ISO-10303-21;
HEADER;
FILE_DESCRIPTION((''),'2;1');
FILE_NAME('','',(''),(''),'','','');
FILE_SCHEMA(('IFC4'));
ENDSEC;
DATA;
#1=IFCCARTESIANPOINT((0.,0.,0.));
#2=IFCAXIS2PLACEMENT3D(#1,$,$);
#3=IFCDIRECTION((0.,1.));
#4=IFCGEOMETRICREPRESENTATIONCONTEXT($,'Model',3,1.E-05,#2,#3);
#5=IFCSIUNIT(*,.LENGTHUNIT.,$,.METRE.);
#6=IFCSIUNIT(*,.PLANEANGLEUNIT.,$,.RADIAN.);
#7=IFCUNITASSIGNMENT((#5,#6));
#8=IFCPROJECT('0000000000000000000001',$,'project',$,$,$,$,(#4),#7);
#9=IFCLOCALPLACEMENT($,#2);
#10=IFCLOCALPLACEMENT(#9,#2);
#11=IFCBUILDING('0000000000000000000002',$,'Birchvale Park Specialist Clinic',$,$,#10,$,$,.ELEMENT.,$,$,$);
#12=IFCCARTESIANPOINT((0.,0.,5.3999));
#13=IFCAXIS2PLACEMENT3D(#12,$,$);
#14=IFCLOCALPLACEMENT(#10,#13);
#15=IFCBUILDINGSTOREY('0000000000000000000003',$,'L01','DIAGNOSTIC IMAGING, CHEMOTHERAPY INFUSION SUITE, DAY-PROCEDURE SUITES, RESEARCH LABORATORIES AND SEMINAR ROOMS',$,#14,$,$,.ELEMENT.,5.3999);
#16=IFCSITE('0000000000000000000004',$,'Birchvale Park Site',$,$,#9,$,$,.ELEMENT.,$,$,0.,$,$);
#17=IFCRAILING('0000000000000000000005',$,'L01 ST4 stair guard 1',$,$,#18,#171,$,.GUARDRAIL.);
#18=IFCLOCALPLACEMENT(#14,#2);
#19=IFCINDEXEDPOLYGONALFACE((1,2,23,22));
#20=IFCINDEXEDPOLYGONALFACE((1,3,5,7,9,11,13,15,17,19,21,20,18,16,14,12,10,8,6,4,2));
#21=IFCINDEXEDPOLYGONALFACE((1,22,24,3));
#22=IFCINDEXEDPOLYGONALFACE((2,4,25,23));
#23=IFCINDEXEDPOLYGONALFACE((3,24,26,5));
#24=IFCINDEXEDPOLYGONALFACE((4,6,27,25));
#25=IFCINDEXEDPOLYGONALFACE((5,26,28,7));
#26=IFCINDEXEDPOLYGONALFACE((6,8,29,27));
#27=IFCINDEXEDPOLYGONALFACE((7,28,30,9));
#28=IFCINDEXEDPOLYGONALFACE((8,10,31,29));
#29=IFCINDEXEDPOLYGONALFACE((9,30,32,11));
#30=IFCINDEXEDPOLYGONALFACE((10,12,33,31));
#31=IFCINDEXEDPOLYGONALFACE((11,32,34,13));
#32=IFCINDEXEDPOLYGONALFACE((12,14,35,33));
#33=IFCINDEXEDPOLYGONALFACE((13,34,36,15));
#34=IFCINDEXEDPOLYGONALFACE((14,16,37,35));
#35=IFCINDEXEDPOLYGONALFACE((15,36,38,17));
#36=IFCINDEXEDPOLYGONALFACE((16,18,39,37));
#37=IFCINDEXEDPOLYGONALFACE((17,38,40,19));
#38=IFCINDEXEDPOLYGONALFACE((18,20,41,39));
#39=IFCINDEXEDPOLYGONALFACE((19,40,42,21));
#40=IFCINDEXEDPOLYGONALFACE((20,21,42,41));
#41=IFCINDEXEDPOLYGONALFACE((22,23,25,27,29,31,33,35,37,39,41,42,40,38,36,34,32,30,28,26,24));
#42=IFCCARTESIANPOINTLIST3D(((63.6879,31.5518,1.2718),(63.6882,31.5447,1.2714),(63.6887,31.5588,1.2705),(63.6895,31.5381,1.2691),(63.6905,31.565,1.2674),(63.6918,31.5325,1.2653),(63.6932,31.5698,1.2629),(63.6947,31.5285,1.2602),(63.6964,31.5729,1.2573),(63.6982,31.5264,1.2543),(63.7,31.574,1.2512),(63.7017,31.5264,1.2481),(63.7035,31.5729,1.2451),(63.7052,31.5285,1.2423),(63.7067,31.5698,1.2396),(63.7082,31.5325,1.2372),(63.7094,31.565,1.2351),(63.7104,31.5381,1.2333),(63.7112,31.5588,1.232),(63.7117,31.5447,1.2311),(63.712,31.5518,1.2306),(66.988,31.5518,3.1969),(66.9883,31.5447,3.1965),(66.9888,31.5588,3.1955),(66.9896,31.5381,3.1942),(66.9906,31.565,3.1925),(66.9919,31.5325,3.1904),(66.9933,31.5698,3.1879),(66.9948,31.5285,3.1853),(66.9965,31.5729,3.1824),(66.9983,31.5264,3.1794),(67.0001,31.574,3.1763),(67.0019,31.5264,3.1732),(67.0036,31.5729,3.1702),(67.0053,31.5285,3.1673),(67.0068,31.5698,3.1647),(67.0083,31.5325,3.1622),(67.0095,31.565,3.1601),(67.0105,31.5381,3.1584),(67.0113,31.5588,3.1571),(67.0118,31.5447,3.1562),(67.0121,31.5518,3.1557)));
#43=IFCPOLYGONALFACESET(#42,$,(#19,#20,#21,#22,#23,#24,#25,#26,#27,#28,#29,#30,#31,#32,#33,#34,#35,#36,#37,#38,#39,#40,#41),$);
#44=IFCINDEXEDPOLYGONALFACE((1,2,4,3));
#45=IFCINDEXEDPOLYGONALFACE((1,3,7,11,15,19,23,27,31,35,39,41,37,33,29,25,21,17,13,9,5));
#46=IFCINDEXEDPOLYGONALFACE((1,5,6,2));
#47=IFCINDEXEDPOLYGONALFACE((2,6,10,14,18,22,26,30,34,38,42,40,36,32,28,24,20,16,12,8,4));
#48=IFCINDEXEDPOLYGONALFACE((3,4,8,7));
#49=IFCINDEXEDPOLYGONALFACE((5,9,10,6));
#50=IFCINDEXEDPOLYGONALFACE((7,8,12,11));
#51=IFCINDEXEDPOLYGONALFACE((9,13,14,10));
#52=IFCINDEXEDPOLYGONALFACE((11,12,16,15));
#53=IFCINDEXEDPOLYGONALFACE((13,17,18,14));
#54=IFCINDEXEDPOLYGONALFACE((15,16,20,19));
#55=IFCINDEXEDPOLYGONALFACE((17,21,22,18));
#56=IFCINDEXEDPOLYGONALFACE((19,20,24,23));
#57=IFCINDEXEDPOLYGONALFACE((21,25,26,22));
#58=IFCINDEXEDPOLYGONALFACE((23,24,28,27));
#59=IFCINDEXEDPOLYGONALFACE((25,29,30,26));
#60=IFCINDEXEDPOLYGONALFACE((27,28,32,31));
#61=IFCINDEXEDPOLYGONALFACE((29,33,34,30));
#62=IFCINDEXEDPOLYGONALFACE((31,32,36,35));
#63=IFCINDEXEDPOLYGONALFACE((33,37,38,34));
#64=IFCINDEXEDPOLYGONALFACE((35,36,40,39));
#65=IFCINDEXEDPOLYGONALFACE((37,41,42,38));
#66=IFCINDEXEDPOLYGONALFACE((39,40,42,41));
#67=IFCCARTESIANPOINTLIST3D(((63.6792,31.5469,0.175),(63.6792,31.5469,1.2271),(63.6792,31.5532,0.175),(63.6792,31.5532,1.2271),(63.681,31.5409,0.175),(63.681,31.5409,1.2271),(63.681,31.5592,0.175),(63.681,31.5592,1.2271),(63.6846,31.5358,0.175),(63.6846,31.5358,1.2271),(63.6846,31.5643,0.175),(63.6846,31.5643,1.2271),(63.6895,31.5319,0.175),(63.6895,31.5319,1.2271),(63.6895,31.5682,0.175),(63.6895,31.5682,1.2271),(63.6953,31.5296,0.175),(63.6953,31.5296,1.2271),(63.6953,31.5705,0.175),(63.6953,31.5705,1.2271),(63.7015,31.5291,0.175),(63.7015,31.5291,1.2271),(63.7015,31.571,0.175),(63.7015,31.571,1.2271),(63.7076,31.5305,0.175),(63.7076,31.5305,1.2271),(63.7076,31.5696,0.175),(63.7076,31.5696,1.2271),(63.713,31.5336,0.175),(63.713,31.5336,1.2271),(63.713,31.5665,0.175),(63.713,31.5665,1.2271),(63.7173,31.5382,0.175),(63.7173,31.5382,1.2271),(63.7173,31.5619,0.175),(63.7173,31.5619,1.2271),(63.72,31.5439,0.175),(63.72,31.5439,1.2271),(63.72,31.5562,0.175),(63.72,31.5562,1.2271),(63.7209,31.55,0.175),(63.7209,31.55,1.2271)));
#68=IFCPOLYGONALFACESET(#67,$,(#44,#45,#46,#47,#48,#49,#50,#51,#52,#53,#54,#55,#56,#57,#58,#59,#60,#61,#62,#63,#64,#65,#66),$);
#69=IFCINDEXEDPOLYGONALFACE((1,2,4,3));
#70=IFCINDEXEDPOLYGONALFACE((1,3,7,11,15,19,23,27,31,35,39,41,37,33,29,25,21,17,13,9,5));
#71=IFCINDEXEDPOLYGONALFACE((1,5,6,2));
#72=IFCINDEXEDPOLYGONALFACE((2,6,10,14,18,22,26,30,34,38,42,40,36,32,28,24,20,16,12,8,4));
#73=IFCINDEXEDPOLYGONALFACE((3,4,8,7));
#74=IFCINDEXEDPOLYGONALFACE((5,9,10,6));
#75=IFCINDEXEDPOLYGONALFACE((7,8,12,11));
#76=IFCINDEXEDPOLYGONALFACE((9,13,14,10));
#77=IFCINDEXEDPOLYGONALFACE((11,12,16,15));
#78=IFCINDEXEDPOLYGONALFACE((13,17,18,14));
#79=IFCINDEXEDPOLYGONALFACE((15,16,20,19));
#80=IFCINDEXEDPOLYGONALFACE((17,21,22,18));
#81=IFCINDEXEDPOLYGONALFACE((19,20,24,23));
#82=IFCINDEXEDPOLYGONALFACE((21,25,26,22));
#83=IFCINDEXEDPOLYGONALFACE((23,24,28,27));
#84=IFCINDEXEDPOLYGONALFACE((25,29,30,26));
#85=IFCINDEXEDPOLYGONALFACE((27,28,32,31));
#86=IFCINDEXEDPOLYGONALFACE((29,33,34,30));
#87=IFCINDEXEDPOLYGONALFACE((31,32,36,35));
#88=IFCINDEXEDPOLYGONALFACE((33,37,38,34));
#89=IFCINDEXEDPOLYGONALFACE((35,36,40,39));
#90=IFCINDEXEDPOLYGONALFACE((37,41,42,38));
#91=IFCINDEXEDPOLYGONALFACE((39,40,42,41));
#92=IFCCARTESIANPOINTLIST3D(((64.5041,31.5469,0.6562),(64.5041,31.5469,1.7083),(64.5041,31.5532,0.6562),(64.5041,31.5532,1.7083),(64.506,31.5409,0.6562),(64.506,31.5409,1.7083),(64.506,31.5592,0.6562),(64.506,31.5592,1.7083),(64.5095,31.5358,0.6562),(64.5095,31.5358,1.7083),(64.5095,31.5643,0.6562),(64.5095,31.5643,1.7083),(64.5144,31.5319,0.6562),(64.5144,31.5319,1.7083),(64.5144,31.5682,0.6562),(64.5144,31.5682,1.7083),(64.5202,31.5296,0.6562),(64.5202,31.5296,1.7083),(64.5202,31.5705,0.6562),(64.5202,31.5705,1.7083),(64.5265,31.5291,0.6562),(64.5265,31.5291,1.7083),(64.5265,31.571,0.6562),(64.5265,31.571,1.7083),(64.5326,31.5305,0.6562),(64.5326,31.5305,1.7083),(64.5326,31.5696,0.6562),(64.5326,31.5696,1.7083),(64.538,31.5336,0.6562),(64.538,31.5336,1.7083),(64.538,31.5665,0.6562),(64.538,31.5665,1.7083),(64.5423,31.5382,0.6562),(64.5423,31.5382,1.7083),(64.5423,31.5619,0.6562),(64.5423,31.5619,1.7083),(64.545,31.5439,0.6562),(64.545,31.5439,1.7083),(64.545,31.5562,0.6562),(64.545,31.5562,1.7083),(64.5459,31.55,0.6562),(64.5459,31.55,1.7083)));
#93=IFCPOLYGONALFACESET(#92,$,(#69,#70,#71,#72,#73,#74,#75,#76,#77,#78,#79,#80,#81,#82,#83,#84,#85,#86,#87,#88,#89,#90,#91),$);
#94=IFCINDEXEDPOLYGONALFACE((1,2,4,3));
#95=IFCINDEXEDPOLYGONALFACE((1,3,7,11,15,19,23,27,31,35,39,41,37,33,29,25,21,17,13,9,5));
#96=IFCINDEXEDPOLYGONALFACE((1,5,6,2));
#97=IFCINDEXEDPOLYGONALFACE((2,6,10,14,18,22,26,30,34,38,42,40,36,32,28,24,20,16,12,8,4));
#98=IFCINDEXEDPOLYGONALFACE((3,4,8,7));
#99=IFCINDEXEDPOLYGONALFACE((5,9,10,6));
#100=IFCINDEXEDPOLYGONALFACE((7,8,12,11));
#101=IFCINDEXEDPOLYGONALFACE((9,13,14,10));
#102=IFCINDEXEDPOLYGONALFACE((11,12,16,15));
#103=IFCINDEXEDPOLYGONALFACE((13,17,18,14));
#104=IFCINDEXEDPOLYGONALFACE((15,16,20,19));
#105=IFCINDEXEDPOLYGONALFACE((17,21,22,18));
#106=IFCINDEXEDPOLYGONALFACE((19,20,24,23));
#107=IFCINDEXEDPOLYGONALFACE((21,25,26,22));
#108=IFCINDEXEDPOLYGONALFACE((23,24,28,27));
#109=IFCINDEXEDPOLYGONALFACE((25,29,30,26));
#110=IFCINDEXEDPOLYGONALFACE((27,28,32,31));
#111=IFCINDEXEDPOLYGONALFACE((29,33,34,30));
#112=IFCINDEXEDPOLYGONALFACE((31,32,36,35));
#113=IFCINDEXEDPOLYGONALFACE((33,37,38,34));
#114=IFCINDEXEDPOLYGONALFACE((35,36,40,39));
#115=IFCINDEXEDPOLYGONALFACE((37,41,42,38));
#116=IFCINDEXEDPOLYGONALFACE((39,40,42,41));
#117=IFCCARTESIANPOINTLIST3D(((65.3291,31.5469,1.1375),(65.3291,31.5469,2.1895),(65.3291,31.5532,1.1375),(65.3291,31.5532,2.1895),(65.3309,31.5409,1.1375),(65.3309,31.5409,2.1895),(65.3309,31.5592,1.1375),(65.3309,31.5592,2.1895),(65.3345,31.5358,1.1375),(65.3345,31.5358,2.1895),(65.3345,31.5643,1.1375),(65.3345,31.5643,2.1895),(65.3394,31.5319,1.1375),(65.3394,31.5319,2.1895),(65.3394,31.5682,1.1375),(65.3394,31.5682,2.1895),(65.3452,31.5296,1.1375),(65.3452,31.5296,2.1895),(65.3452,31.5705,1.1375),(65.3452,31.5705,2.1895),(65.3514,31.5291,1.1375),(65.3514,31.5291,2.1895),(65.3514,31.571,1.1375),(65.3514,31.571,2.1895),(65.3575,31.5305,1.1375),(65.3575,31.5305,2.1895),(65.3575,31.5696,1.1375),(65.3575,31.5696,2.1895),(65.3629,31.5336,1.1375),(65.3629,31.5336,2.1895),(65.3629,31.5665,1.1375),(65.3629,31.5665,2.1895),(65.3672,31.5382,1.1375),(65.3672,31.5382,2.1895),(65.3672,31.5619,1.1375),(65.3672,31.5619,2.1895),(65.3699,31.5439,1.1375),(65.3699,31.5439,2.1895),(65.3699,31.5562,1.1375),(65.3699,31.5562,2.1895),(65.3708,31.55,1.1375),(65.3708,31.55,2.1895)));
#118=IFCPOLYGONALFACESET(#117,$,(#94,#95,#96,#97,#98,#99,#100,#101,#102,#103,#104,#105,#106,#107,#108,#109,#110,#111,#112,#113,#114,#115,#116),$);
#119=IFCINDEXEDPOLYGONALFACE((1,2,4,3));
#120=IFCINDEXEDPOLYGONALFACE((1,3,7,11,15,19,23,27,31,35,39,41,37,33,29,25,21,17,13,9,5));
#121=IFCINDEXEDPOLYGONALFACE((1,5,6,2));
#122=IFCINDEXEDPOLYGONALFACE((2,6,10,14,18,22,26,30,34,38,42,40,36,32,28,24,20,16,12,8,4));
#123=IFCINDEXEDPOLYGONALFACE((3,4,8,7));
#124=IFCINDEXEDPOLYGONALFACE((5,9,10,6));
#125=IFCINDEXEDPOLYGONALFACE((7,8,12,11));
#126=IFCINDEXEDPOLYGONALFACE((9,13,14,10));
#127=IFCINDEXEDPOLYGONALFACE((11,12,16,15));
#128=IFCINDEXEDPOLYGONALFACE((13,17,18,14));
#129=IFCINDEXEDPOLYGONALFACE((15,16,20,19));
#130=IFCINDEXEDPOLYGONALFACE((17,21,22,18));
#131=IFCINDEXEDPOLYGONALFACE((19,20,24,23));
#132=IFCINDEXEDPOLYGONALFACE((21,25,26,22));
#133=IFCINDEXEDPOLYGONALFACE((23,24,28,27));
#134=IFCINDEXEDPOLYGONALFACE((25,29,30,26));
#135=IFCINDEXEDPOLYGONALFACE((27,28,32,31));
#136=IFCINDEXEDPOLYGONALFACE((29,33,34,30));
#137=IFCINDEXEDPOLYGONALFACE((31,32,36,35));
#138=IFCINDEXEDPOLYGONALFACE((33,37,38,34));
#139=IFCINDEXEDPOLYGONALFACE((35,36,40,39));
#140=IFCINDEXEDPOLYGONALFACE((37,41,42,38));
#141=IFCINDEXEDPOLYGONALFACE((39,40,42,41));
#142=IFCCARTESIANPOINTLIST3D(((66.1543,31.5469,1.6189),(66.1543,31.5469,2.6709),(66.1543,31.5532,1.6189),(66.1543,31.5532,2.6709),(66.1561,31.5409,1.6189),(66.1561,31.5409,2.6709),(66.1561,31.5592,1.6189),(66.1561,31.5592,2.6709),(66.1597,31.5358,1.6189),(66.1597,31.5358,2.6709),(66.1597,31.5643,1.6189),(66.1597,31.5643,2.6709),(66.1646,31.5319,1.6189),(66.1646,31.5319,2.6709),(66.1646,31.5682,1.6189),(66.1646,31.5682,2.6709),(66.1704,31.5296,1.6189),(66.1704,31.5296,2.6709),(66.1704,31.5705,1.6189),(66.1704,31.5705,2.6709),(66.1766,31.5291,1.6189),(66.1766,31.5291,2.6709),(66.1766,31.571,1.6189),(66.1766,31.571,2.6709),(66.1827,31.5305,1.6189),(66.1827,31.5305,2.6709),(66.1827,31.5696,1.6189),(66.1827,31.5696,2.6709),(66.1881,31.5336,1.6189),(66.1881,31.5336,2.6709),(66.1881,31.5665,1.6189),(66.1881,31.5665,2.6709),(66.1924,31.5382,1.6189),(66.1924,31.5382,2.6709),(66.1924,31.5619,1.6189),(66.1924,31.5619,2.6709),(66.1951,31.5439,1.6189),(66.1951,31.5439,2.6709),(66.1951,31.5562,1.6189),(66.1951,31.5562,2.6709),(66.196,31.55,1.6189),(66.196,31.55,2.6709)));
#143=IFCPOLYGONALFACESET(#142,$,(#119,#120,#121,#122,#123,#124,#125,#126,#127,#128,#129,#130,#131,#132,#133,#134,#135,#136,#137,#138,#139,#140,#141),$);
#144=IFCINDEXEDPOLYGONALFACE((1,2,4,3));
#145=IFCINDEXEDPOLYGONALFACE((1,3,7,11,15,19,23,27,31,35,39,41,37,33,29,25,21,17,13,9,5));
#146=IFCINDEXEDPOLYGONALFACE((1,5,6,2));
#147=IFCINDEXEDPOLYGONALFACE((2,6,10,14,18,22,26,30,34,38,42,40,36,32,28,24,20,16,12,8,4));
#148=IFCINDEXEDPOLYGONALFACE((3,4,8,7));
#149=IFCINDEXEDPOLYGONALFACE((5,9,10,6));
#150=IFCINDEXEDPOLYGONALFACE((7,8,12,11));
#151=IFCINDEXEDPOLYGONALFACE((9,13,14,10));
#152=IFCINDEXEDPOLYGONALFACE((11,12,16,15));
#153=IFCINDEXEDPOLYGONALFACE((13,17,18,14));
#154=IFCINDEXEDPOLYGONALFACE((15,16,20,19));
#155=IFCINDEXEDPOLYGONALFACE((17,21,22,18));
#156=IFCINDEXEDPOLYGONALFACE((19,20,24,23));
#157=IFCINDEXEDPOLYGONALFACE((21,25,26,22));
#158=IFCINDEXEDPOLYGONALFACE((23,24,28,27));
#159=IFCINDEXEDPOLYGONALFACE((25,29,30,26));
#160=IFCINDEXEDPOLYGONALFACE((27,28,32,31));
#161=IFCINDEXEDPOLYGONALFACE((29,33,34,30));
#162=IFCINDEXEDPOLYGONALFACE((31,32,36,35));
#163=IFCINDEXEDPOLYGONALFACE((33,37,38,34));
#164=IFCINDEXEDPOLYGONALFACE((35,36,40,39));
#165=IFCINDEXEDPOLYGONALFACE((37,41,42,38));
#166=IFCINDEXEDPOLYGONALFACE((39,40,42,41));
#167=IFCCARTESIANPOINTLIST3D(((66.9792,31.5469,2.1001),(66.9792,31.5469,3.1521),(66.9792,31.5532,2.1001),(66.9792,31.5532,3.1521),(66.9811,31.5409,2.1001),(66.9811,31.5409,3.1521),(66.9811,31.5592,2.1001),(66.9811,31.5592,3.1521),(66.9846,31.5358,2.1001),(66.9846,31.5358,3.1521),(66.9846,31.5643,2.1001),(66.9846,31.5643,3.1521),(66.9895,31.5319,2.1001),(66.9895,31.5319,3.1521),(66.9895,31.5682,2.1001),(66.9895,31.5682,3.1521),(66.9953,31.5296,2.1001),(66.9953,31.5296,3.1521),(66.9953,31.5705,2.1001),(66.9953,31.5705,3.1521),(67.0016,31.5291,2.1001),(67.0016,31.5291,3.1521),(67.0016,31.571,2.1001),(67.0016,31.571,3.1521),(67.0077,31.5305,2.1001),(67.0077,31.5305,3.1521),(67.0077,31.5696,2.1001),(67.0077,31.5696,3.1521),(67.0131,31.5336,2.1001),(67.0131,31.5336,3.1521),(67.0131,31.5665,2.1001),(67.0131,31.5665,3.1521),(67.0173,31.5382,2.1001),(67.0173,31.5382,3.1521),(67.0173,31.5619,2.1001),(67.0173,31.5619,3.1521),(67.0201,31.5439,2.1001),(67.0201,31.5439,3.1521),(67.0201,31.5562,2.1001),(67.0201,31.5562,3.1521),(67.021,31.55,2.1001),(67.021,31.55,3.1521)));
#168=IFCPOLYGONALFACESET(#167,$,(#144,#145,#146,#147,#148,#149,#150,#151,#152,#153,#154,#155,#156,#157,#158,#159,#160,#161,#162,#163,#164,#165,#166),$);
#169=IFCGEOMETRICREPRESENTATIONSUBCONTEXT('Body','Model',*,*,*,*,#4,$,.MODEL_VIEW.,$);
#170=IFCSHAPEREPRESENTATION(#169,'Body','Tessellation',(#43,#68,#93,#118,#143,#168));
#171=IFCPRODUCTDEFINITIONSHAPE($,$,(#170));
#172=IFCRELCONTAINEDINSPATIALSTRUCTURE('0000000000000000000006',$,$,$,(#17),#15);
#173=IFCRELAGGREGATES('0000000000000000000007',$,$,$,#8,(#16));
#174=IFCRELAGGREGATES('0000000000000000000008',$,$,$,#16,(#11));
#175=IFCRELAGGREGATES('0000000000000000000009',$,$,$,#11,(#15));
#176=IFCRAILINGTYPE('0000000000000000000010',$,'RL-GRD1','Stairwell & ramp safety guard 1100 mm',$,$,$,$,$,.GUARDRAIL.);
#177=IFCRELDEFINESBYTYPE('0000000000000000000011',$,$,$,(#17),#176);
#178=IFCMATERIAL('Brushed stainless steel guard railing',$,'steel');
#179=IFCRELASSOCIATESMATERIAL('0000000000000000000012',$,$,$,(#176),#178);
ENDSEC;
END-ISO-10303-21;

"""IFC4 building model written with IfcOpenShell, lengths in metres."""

from ifc_helpers import new_model, si_unit, direction, frame, origin, origin_2d, place, context, subcontext, project, spatial, circle, extrude, material, type_object, element, save


model = new_model("IFC4")

# Units and contexts
model_context = context("Model", 3, precision=1e-05, world=origin(), true_north=direction((0.0, 1.0)))
body_context = subcontext(model_context, "Body", "Model", "MODEL_VIEW")
ifc_project = project(units=[si_unit("LENGTHUNIT", "METRE"), si_unit("PLANEANGLEUNIT", "RADIAN")], contexts=[model_context])

# Site, building, storey
site_placement = place(None, origin())
site = spatial("IfcSite", under=ifc_project, at=site_placement, Name="Birchvale Park Site", CompositionType="ELEMENT", RefElevation=0.0)
building_placement = place(site_placement, origin())
building = spatial("IfcBuilding", under=site, at=building_placement, Name="Birchvale Park Specialist Clinic", CompositionType="ELEMENT")
storey_placement = place(building_placement, frame((0.0, 0.0, 5.3999)))
storey = spatial("IfcBuildingStorey", under=building, at=storey_placement, Name="L01", Description="DIAGNOSTIC IMAGING, CHEMOTHERAPY INFUSION SUITE, DAY-PROCEDURE SUITES, RESEARCH LABORATORIES AND SEMINAR ROOMS", CompositionType="ELEMENT", Elevation=5.3999)

# Railing
ifc_material_1 = material(Name="Brushed stainless steel guard railing", Category="steel")
railing_type_1 = type_object("IfcRailingType", Name="RL-GRD1", Description="Stairwell & ramp safety guard 1100 mm", PredefinedType="GUARDRAIL", material=ifc_material_1)
railing_1_placement = place(storey_placement, frame((63.7, 31.55, 0.175)))
element("IfcRailing", 1, at=railing_1_placement, inside=storey, type_object=railing_type_1, Name="L01 ST4 stair guard 1", PredefinedType="GUARDRAIL", context=body_context, shape_type="SweptSolid", body=[
    extrude(circle(Radius=0.0239, at=origin_2d()), frame((0.0, 0.0, 1.0762), z_axis=(0.863777, 0.0, 0.503875), x_axis=(0.0, 1.0, 0.0)), (0.0, 0.0, 1.0), 3.8206),
    extrude(circle(Radius=0.021, at=origin_2d()), origin(), (0.0, 0.0, 1.0), 1.052),
    extrude(circle(Radius=0.021, at=origin_2d()), frame((0.825, 0.0, 0.4812)), (0.0, 0.0, 1.0), 1.052),
    extrude(circle(Radius=0.021, at=origin_2d()), frame((1.6499, 0.0, 0.9624)), (0.0, 0.0, 1.0), 1.052),
    extrude(circle(Radius=0.021, at=origin_2d()), frame((2.4751, 0.0, 1.4438)), (0.0, 0.0, 1.0), 1.052),
    extrude(circle(Radius=0.021, at=origin_2d()), frame((3.3, 0.0, 1.925)), (0.0, 0.0, 1.0), 1.052),
])

save(model, "model.ifc")
